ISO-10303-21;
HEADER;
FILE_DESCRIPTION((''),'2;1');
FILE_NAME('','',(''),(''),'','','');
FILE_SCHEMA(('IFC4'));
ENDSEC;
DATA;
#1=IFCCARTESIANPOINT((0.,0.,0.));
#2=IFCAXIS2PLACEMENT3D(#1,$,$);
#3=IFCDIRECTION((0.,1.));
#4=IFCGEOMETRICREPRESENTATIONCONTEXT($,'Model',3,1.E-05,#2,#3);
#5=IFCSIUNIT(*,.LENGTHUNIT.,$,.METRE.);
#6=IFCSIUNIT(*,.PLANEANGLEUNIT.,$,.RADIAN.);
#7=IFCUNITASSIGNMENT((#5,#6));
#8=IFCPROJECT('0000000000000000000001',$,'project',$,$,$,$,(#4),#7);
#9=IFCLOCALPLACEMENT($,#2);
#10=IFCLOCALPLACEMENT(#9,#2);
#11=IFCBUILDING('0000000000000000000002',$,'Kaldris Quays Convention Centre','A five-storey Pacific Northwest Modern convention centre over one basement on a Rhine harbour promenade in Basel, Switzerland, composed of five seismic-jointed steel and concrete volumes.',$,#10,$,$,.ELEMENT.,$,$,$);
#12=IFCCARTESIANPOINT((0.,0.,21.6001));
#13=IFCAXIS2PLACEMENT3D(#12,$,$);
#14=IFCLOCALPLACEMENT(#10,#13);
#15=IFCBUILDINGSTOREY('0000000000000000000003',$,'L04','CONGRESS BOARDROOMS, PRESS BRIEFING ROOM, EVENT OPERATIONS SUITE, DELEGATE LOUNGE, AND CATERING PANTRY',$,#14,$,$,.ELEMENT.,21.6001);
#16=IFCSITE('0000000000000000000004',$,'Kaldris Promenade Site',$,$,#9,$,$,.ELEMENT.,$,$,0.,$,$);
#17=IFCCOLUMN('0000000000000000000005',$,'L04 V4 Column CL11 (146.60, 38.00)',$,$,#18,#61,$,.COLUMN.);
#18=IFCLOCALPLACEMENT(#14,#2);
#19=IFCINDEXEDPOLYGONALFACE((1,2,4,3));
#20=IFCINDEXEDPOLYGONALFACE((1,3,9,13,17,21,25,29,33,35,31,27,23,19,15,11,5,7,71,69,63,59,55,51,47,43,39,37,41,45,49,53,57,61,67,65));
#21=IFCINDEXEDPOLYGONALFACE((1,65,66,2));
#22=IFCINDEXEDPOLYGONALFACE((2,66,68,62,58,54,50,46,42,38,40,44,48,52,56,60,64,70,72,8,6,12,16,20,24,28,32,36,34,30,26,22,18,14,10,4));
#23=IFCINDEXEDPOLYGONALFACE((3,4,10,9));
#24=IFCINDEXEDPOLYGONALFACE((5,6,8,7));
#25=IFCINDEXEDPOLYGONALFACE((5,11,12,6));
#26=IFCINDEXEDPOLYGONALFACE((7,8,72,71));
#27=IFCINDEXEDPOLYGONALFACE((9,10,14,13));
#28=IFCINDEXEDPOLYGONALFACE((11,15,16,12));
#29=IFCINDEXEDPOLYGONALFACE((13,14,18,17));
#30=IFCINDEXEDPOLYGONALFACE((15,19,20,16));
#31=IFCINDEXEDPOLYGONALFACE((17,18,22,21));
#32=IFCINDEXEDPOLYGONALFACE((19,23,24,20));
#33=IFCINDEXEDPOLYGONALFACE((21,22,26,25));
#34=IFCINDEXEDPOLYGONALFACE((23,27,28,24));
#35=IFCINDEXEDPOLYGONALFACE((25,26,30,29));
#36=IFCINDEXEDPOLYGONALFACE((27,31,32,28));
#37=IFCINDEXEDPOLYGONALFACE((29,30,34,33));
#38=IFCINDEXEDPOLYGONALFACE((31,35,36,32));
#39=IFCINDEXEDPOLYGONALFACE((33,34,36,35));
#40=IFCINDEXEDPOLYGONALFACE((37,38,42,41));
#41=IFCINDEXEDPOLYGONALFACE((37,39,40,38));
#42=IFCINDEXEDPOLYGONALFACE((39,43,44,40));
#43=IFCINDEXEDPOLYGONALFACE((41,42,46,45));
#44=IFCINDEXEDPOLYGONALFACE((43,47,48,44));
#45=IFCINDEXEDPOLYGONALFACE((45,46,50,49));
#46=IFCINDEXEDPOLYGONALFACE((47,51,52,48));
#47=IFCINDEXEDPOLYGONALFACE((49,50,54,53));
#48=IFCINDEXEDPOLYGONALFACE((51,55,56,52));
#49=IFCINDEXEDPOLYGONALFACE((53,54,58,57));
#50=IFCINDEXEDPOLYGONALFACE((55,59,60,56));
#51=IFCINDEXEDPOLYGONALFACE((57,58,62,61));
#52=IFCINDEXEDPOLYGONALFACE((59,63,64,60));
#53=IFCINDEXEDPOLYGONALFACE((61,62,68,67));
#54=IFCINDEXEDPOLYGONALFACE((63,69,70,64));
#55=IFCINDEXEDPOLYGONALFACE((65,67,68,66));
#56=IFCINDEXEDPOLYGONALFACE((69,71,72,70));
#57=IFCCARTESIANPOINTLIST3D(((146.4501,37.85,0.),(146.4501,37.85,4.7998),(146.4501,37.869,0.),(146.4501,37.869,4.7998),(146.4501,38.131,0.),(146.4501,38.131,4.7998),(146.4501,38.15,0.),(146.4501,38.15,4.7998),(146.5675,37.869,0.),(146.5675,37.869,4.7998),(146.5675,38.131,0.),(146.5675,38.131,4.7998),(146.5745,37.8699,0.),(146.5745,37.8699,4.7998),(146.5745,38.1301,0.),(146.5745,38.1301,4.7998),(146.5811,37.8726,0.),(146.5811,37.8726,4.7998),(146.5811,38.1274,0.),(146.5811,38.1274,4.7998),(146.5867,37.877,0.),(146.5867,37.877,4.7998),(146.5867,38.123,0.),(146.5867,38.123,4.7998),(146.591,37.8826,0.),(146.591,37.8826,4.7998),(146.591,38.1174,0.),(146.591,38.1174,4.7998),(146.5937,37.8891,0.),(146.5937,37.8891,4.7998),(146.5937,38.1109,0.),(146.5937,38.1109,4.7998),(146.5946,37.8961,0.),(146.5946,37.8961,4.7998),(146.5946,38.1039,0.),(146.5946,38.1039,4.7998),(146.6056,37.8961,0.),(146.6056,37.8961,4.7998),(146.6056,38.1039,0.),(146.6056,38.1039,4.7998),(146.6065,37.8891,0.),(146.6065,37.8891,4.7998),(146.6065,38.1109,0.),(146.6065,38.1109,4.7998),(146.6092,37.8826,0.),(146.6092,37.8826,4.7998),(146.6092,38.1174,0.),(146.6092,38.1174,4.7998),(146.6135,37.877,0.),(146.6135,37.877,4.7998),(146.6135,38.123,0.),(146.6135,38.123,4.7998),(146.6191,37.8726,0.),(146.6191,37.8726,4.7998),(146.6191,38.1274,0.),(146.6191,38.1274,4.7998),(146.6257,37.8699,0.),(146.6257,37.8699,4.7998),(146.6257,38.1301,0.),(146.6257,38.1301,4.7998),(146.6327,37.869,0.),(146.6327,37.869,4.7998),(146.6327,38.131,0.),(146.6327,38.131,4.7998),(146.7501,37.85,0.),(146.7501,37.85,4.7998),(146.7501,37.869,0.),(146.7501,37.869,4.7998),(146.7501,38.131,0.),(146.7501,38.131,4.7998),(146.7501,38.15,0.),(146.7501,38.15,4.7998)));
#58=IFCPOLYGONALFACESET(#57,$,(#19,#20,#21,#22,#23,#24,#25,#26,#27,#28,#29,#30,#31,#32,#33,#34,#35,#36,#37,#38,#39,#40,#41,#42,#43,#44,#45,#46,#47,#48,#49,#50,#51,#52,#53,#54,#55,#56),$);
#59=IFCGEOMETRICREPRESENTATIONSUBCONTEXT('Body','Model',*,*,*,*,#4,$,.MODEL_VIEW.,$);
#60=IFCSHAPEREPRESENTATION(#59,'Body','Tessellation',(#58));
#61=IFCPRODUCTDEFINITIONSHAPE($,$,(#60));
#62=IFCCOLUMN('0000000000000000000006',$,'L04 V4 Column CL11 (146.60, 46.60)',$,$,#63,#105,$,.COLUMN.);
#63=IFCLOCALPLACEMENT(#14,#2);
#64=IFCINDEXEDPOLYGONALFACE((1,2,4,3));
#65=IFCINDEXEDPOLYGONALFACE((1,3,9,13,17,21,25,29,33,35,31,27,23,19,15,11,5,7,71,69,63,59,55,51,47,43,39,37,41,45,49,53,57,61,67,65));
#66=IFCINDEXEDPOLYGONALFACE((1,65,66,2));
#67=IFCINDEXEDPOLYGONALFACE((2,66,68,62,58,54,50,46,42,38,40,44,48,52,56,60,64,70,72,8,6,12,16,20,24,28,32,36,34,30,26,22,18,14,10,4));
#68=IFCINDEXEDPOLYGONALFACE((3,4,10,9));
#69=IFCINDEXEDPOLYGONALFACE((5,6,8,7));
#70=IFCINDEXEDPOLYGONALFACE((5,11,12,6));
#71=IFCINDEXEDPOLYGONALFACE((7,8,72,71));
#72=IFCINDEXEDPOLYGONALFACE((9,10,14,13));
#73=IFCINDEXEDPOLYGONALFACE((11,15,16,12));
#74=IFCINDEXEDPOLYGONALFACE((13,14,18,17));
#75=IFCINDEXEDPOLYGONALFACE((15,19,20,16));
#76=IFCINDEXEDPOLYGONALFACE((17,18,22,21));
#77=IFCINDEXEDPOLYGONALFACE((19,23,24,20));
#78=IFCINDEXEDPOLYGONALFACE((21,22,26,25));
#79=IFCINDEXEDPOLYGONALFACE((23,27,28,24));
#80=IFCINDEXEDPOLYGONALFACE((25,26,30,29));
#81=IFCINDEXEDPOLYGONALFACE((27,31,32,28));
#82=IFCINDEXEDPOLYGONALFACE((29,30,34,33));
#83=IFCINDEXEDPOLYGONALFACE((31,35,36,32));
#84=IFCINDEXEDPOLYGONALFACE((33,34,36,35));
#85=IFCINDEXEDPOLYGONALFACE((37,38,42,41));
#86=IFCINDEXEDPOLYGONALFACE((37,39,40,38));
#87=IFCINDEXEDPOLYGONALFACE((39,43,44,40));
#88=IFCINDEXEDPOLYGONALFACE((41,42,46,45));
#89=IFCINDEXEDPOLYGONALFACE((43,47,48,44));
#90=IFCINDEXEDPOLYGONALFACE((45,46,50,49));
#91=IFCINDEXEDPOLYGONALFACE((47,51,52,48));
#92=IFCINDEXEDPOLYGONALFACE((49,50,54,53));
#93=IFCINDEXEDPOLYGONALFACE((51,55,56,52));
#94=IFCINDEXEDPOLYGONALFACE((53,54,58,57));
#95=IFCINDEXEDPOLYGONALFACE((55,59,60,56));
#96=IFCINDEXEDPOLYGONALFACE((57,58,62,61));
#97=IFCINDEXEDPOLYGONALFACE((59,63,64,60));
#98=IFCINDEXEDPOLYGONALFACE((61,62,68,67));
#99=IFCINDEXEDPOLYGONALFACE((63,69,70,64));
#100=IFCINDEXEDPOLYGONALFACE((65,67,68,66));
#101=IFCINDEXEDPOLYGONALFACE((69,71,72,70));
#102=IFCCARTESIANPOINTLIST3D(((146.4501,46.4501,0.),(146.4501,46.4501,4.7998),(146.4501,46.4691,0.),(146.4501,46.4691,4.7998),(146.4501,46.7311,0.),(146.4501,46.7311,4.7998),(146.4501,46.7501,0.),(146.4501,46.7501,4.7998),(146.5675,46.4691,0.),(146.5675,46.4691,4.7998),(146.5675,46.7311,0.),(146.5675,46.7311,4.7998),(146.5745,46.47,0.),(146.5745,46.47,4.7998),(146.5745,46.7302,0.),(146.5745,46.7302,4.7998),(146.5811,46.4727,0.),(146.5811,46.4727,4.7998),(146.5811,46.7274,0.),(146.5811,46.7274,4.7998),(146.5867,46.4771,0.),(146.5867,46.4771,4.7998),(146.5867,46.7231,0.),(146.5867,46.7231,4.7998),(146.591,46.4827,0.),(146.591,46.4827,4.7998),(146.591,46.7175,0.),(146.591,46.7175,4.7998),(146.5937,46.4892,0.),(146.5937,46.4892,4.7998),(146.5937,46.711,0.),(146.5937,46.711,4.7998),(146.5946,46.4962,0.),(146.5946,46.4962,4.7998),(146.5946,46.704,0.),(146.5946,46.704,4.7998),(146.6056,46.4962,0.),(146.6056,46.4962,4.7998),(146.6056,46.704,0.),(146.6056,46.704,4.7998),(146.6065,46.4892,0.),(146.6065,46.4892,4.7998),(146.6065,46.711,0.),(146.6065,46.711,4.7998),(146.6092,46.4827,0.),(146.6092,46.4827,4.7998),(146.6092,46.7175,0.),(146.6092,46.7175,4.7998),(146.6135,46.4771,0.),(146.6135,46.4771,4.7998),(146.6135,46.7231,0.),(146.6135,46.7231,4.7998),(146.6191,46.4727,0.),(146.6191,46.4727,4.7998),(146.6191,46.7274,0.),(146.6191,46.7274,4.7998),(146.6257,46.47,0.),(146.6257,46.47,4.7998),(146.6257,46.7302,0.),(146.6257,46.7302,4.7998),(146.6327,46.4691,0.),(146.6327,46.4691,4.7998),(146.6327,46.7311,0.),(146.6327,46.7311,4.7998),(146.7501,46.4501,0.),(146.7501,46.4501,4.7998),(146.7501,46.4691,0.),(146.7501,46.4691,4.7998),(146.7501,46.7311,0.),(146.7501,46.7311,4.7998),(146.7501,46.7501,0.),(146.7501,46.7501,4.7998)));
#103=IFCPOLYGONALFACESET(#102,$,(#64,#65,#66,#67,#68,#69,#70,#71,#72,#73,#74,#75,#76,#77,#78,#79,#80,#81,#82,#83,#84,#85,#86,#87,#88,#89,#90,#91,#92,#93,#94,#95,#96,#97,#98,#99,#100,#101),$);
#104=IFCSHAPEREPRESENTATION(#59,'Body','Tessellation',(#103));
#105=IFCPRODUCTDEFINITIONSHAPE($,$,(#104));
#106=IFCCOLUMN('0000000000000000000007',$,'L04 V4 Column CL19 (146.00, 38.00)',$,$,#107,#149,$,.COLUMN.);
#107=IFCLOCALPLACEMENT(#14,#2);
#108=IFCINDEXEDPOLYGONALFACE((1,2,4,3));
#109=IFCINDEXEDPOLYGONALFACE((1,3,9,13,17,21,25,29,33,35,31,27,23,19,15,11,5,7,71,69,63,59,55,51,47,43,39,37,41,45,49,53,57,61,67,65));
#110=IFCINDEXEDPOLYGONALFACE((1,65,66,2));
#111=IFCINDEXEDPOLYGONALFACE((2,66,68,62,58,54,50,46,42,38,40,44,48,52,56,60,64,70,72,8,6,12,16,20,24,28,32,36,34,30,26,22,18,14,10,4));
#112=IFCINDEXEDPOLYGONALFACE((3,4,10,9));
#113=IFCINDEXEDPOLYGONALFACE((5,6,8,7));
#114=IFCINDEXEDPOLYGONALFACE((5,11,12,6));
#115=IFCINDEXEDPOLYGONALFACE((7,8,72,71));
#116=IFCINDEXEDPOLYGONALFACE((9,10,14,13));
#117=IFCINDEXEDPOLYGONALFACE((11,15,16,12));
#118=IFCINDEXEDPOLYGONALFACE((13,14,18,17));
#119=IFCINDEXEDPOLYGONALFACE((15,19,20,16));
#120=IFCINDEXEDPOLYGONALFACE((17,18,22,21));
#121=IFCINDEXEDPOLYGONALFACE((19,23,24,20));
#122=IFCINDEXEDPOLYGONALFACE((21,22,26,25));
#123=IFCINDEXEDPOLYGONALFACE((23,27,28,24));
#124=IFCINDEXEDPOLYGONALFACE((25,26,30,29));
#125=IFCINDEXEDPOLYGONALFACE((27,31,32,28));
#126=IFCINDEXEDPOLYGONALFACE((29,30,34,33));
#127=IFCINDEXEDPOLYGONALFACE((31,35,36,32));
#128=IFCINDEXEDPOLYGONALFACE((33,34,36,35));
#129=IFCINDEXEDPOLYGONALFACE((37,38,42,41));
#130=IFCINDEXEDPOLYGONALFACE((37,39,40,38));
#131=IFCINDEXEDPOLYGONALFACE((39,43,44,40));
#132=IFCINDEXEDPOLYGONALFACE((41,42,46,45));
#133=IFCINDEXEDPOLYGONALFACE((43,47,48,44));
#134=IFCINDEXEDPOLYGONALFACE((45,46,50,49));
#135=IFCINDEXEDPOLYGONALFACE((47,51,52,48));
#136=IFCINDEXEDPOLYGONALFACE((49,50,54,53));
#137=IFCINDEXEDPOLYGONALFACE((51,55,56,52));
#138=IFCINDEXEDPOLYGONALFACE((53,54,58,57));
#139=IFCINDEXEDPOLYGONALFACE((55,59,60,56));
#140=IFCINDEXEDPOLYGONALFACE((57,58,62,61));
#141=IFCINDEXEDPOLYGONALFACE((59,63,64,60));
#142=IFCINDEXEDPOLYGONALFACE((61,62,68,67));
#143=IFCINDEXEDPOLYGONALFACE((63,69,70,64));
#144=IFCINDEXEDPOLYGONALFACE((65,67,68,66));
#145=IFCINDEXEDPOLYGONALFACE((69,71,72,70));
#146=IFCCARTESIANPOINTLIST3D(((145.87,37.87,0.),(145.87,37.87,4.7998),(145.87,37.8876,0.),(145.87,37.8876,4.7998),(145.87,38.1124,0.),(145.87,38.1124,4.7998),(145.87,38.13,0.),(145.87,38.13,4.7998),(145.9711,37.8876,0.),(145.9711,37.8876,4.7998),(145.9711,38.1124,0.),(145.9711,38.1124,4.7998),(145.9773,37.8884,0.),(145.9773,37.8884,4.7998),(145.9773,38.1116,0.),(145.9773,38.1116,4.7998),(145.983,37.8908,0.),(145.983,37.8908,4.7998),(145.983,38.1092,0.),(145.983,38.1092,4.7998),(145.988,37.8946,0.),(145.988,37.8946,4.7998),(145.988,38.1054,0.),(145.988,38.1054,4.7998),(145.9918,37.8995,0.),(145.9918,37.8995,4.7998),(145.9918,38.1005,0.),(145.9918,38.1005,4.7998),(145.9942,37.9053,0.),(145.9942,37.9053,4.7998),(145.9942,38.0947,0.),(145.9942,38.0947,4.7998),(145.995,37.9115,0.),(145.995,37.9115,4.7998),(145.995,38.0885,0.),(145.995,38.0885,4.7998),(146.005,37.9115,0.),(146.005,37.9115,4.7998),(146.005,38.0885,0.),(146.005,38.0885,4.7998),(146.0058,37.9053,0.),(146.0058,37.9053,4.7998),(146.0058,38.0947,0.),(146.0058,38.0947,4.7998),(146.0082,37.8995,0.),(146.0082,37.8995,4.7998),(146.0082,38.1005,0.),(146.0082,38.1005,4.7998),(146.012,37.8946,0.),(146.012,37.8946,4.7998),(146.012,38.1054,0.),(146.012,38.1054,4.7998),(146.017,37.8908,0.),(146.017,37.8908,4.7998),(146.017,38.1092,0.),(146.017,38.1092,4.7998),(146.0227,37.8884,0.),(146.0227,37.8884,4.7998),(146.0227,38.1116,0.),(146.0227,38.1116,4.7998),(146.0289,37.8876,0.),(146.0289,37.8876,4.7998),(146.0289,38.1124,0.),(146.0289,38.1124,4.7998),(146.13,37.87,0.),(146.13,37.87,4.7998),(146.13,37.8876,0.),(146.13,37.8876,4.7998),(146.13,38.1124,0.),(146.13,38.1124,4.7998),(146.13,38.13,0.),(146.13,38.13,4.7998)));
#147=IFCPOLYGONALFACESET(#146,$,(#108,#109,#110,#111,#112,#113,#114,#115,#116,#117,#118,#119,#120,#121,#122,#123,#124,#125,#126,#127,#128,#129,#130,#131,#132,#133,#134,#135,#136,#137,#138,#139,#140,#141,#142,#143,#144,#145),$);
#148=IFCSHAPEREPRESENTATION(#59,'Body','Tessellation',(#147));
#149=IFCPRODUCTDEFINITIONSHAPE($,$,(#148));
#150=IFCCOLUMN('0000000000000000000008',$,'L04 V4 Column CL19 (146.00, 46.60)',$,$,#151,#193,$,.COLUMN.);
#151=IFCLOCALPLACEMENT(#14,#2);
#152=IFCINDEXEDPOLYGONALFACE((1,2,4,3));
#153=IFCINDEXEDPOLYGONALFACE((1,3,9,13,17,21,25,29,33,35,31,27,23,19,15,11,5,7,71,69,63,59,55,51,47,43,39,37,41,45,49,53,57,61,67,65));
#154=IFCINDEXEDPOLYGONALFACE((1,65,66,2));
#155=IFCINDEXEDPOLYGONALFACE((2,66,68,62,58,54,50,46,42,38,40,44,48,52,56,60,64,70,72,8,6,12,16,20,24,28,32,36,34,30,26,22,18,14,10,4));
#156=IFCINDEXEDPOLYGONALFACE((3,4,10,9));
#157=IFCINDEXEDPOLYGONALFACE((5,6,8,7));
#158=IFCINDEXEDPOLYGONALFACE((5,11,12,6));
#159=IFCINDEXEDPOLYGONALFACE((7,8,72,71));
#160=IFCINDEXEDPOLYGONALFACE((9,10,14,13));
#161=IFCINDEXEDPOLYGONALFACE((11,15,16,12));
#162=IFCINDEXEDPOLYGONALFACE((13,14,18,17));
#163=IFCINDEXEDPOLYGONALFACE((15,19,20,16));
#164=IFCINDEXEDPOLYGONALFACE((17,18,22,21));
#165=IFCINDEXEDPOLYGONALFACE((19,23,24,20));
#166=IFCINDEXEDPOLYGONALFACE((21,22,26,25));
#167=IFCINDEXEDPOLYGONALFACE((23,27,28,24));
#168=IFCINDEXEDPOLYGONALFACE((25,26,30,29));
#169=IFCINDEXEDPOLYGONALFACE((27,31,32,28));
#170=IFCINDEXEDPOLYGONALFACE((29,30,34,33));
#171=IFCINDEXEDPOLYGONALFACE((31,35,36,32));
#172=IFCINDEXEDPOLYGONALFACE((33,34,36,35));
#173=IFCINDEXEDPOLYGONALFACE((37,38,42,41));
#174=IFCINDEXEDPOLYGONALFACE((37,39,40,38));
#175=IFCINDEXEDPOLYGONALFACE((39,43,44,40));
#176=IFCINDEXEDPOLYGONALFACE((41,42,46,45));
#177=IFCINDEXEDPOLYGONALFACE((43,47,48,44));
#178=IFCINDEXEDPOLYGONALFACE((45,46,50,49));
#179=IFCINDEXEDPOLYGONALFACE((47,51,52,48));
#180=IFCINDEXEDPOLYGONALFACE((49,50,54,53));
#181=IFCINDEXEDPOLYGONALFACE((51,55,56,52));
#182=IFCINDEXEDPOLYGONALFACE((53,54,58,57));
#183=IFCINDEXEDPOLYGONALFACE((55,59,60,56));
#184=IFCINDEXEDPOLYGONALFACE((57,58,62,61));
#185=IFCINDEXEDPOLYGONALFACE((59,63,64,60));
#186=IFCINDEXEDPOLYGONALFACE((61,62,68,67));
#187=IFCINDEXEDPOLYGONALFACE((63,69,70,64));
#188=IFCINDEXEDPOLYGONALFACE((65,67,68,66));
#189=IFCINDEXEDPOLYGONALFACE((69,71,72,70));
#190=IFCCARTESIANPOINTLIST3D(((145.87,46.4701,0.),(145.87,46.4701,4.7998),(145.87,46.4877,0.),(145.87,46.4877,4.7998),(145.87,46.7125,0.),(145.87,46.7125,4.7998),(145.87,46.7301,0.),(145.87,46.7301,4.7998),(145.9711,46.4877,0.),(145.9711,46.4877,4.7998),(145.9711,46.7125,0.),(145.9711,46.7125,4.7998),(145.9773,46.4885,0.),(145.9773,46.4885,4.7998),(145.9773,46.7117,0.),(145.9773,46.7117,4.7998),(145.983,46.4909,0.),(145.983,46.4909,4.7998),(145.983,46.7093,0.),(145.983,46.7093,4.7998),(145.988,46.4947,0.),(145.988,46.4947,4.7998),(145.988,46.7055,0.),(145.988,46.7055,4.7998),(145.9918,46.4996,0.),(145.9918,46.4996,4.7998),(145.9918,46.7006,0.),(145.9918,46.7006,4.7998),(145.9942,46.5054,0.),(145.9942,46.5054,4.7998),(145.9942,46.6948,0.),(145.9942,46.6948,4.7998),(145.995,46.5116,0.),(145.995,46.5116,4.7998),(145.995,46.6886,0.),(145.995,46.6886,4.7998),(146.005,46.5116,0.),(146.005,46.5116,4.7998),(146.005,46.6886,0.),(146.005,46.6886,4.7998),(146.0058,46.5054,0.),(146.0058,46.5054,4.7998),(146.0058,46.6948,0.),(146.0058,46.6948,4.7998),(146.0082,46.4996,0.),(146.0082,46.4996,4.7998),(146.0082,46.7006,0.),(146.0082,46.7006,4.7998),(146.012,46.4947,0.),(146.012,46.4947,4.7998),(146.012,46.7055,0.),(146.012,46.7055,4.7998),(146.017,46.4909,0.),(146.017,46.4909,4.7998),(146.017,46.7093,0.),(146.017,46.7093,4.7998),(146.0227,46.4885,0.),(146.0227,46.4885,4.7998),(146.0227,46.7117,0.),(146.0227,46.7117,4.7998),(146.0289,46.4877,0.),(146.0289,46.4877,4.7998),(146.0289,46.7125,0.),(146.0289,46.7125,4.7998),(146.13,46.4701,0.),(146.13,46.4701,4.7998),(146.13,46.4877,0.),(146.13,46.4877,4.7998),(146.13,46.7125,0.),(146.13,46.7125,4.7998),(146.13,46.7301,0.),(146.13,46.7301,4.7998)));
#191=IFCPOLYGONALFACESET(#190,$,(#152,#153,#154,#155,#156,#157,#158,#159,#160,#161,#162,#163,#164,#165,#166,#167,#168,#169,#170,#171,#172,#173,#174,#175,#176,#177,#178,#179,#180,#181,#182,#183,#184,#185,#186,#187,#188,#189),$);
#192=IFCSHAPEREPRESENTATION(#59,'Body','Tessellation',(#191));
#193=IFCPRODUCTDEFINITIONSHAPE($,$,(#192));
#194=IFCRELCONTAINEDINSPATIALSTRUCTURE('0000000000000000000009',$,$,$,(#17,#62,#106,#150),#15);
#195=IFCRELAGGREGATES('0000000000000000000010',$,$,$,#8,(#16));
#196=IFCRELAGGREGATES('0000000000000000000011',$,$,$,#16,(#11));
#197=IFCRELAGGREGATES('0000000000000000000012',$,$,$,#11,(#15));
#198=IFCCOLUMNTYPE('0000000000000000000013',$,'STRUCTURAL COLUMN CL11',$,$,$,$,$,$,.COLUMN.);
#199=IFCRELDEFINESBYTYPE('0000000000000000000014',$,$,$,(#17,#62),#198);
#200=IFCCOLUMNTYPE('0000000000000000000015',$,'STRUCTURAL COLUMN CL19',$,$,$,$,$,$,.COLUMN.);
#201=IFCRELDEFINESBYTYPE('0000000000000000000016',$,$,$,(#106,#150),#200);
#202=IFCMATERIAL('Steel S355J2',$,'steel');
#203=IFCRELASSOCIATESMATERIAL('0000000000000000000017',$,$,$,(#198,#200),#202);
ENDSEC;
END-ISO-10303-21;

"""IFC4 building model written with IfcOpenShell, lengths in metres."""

from ifc_helpers import new_model, si_unit, direction, frame, origin, origin_2d, place, context, subcontext, project, spatial, i_section, extrude, material, material_profile, profile_set, type_object, element, save


model = new_model("IFC4")

# Units and contexts
model_context = context("Model", 3, precision=1e-05, world=origin(), true_north=direction((0.0, 1.0)))
body_context = subcontext(model_context, "Body", "Model", "MODEL_VIEW")
ifc_project = project(units=[si_unit("LENGTHUNIT", "METRE"), si_unit("PLANEANGLEUNIT", "RADIAN")], contexts=[model_context])

# Site, building, storey
site_placement = place(None, origin())
site = spatial("IfcSite", under=ifc_project, at=site_placement, Name="Kaldris Promenade Site", CompositionType="ELEMENT", RefElevation=0.0)
building_placement = place(site_placement, origin())
building = spatial("IfcBuilding", under=site, at=building_placement, Name="Kaldris Quays Convention Centre", Description="A five-storey Pacific Northwest Modern convention centre over one basement on a Rhine harbour promenade in Basel, Switzerland, composed of five seismic-jointed steel and concrete volumes.", CompositionType="ELEMENT")
storey_placement = place(building_placement, frame((0.0, 0.0, 21.6001)))
storey = spatial("IfcBuildingStorey", under=building, at=storey_placement, Name="L04", Description="CONGRESS BOARDROOMS, PRESS BRIEFING ROOM, EVENT OPERATIONS SUITE, DELEGATE LOUNGE, AND CATERING PANTRY", CompositionType="ELEMENT", Elevation=21.6001)

# Columns
ifc_material_1 = material(Name="Steel S355J2", Category="steel")
ifc_material_profile_1 = material_profile(ifc_material_1, i_section(OverallWidth=0.3, OverallDepth=0.3, WebThickness=0.011, FlangeThickness=0.019, FilletRadius=0.0271, at=origin_2d()), Name="HEB 300")
ifc_profile_set_1 = profile_set([ifc_material_profile_1], Name="Steel S355J2")
column_type_1 = type_object("IfcColumnType", Name="STRUCTURAL COLUMN CL11", PredefinedType="COLUMN", material=ifc_profile_set_1)
for number, where, z_axis, x_axis, name in (
    (1, (146.6001, 38.0, 0.0), (0.0, 0.0, 1.0), (1.0, 0.0, 0.0), "L04 V4 Column CL11 (146.60, 38.00)"),
    (2, (146.6001, 46.6001, 0.0), (0.0, 0.0, 1.0), (1.0, 0.0, 0.0), "L04 V4 Column CL11 (146.60, 46.60)"),
):
    element("IfcColumn", number, at=place(storey_placement, frame(where, z_axis=z_axis, x_axis=x_axis)), inside=storey, type_object=column_type_1, Name=name, PredefinedType="COLUMN", context=body_context, shape_type="SweptSolid", body=[
        extrude(i_section(OverallWidth=0.3, OverallDepth=0.3, WebThickness=0.011, FlangeThickness=0.019, FilletRadius=0.0271, at=origin_2d()), origin(), (0.0, 0.0, 1.0), 4.7998),
    ])
ifc_material_profile_2 = material_profile(ifc_material_1, i_section(OverallWidth=0.26, OverallDepth=0.26, WebThickness=0.01, FlangeThickness=0.0176, FilletRadius=0.0239, at=origin_2d()), Name="HEB 260")
ifc_profile_set_2 = profile_set([ifc_material_profile_2], Name="Steel S355J2")
column_type_2 = type_object("IfcColumnType", Name="STRUCTURAL COLUMN CL19", PredefinedType="COLUMN", material=ifc_profile_set_2)
for number, where, z_axis, x_axis, name in (
    (3, (146.0, 38.0, 0.0), (0.0, 0.0, 1.0), (1.0, 0.0, 0.0), "L04 V4 Column CL19 (146.00, 38.00)"),
    (4, (146.0, 46.6001, 0.0), (0.0, 0.0, 1.0), (1.0, 0.0, 0.0), "L04 V4 Column CL19 (146.00, 46.60)"),
):
    element("IfcColumn", number, at=place(storey_placement, frame(where, z_axis=z_axis, x_axis=x_axis)), inside=storey, type_object=column_type_2, Name=name, PredefinedType="COLUMN", context=body_context, shape_type="SweptSolid", body=[
        extrude(i_section(OverallWidth=0.26, OverallDepth=0.26, WebThickness=0.01, FlangeThickness=0.0176, FilletRadius=0.0239, at=origin_2d()), origin(), (0.0, 0.0, 1.0), 4.7998),
    ])

save(model, "model.ifc")
